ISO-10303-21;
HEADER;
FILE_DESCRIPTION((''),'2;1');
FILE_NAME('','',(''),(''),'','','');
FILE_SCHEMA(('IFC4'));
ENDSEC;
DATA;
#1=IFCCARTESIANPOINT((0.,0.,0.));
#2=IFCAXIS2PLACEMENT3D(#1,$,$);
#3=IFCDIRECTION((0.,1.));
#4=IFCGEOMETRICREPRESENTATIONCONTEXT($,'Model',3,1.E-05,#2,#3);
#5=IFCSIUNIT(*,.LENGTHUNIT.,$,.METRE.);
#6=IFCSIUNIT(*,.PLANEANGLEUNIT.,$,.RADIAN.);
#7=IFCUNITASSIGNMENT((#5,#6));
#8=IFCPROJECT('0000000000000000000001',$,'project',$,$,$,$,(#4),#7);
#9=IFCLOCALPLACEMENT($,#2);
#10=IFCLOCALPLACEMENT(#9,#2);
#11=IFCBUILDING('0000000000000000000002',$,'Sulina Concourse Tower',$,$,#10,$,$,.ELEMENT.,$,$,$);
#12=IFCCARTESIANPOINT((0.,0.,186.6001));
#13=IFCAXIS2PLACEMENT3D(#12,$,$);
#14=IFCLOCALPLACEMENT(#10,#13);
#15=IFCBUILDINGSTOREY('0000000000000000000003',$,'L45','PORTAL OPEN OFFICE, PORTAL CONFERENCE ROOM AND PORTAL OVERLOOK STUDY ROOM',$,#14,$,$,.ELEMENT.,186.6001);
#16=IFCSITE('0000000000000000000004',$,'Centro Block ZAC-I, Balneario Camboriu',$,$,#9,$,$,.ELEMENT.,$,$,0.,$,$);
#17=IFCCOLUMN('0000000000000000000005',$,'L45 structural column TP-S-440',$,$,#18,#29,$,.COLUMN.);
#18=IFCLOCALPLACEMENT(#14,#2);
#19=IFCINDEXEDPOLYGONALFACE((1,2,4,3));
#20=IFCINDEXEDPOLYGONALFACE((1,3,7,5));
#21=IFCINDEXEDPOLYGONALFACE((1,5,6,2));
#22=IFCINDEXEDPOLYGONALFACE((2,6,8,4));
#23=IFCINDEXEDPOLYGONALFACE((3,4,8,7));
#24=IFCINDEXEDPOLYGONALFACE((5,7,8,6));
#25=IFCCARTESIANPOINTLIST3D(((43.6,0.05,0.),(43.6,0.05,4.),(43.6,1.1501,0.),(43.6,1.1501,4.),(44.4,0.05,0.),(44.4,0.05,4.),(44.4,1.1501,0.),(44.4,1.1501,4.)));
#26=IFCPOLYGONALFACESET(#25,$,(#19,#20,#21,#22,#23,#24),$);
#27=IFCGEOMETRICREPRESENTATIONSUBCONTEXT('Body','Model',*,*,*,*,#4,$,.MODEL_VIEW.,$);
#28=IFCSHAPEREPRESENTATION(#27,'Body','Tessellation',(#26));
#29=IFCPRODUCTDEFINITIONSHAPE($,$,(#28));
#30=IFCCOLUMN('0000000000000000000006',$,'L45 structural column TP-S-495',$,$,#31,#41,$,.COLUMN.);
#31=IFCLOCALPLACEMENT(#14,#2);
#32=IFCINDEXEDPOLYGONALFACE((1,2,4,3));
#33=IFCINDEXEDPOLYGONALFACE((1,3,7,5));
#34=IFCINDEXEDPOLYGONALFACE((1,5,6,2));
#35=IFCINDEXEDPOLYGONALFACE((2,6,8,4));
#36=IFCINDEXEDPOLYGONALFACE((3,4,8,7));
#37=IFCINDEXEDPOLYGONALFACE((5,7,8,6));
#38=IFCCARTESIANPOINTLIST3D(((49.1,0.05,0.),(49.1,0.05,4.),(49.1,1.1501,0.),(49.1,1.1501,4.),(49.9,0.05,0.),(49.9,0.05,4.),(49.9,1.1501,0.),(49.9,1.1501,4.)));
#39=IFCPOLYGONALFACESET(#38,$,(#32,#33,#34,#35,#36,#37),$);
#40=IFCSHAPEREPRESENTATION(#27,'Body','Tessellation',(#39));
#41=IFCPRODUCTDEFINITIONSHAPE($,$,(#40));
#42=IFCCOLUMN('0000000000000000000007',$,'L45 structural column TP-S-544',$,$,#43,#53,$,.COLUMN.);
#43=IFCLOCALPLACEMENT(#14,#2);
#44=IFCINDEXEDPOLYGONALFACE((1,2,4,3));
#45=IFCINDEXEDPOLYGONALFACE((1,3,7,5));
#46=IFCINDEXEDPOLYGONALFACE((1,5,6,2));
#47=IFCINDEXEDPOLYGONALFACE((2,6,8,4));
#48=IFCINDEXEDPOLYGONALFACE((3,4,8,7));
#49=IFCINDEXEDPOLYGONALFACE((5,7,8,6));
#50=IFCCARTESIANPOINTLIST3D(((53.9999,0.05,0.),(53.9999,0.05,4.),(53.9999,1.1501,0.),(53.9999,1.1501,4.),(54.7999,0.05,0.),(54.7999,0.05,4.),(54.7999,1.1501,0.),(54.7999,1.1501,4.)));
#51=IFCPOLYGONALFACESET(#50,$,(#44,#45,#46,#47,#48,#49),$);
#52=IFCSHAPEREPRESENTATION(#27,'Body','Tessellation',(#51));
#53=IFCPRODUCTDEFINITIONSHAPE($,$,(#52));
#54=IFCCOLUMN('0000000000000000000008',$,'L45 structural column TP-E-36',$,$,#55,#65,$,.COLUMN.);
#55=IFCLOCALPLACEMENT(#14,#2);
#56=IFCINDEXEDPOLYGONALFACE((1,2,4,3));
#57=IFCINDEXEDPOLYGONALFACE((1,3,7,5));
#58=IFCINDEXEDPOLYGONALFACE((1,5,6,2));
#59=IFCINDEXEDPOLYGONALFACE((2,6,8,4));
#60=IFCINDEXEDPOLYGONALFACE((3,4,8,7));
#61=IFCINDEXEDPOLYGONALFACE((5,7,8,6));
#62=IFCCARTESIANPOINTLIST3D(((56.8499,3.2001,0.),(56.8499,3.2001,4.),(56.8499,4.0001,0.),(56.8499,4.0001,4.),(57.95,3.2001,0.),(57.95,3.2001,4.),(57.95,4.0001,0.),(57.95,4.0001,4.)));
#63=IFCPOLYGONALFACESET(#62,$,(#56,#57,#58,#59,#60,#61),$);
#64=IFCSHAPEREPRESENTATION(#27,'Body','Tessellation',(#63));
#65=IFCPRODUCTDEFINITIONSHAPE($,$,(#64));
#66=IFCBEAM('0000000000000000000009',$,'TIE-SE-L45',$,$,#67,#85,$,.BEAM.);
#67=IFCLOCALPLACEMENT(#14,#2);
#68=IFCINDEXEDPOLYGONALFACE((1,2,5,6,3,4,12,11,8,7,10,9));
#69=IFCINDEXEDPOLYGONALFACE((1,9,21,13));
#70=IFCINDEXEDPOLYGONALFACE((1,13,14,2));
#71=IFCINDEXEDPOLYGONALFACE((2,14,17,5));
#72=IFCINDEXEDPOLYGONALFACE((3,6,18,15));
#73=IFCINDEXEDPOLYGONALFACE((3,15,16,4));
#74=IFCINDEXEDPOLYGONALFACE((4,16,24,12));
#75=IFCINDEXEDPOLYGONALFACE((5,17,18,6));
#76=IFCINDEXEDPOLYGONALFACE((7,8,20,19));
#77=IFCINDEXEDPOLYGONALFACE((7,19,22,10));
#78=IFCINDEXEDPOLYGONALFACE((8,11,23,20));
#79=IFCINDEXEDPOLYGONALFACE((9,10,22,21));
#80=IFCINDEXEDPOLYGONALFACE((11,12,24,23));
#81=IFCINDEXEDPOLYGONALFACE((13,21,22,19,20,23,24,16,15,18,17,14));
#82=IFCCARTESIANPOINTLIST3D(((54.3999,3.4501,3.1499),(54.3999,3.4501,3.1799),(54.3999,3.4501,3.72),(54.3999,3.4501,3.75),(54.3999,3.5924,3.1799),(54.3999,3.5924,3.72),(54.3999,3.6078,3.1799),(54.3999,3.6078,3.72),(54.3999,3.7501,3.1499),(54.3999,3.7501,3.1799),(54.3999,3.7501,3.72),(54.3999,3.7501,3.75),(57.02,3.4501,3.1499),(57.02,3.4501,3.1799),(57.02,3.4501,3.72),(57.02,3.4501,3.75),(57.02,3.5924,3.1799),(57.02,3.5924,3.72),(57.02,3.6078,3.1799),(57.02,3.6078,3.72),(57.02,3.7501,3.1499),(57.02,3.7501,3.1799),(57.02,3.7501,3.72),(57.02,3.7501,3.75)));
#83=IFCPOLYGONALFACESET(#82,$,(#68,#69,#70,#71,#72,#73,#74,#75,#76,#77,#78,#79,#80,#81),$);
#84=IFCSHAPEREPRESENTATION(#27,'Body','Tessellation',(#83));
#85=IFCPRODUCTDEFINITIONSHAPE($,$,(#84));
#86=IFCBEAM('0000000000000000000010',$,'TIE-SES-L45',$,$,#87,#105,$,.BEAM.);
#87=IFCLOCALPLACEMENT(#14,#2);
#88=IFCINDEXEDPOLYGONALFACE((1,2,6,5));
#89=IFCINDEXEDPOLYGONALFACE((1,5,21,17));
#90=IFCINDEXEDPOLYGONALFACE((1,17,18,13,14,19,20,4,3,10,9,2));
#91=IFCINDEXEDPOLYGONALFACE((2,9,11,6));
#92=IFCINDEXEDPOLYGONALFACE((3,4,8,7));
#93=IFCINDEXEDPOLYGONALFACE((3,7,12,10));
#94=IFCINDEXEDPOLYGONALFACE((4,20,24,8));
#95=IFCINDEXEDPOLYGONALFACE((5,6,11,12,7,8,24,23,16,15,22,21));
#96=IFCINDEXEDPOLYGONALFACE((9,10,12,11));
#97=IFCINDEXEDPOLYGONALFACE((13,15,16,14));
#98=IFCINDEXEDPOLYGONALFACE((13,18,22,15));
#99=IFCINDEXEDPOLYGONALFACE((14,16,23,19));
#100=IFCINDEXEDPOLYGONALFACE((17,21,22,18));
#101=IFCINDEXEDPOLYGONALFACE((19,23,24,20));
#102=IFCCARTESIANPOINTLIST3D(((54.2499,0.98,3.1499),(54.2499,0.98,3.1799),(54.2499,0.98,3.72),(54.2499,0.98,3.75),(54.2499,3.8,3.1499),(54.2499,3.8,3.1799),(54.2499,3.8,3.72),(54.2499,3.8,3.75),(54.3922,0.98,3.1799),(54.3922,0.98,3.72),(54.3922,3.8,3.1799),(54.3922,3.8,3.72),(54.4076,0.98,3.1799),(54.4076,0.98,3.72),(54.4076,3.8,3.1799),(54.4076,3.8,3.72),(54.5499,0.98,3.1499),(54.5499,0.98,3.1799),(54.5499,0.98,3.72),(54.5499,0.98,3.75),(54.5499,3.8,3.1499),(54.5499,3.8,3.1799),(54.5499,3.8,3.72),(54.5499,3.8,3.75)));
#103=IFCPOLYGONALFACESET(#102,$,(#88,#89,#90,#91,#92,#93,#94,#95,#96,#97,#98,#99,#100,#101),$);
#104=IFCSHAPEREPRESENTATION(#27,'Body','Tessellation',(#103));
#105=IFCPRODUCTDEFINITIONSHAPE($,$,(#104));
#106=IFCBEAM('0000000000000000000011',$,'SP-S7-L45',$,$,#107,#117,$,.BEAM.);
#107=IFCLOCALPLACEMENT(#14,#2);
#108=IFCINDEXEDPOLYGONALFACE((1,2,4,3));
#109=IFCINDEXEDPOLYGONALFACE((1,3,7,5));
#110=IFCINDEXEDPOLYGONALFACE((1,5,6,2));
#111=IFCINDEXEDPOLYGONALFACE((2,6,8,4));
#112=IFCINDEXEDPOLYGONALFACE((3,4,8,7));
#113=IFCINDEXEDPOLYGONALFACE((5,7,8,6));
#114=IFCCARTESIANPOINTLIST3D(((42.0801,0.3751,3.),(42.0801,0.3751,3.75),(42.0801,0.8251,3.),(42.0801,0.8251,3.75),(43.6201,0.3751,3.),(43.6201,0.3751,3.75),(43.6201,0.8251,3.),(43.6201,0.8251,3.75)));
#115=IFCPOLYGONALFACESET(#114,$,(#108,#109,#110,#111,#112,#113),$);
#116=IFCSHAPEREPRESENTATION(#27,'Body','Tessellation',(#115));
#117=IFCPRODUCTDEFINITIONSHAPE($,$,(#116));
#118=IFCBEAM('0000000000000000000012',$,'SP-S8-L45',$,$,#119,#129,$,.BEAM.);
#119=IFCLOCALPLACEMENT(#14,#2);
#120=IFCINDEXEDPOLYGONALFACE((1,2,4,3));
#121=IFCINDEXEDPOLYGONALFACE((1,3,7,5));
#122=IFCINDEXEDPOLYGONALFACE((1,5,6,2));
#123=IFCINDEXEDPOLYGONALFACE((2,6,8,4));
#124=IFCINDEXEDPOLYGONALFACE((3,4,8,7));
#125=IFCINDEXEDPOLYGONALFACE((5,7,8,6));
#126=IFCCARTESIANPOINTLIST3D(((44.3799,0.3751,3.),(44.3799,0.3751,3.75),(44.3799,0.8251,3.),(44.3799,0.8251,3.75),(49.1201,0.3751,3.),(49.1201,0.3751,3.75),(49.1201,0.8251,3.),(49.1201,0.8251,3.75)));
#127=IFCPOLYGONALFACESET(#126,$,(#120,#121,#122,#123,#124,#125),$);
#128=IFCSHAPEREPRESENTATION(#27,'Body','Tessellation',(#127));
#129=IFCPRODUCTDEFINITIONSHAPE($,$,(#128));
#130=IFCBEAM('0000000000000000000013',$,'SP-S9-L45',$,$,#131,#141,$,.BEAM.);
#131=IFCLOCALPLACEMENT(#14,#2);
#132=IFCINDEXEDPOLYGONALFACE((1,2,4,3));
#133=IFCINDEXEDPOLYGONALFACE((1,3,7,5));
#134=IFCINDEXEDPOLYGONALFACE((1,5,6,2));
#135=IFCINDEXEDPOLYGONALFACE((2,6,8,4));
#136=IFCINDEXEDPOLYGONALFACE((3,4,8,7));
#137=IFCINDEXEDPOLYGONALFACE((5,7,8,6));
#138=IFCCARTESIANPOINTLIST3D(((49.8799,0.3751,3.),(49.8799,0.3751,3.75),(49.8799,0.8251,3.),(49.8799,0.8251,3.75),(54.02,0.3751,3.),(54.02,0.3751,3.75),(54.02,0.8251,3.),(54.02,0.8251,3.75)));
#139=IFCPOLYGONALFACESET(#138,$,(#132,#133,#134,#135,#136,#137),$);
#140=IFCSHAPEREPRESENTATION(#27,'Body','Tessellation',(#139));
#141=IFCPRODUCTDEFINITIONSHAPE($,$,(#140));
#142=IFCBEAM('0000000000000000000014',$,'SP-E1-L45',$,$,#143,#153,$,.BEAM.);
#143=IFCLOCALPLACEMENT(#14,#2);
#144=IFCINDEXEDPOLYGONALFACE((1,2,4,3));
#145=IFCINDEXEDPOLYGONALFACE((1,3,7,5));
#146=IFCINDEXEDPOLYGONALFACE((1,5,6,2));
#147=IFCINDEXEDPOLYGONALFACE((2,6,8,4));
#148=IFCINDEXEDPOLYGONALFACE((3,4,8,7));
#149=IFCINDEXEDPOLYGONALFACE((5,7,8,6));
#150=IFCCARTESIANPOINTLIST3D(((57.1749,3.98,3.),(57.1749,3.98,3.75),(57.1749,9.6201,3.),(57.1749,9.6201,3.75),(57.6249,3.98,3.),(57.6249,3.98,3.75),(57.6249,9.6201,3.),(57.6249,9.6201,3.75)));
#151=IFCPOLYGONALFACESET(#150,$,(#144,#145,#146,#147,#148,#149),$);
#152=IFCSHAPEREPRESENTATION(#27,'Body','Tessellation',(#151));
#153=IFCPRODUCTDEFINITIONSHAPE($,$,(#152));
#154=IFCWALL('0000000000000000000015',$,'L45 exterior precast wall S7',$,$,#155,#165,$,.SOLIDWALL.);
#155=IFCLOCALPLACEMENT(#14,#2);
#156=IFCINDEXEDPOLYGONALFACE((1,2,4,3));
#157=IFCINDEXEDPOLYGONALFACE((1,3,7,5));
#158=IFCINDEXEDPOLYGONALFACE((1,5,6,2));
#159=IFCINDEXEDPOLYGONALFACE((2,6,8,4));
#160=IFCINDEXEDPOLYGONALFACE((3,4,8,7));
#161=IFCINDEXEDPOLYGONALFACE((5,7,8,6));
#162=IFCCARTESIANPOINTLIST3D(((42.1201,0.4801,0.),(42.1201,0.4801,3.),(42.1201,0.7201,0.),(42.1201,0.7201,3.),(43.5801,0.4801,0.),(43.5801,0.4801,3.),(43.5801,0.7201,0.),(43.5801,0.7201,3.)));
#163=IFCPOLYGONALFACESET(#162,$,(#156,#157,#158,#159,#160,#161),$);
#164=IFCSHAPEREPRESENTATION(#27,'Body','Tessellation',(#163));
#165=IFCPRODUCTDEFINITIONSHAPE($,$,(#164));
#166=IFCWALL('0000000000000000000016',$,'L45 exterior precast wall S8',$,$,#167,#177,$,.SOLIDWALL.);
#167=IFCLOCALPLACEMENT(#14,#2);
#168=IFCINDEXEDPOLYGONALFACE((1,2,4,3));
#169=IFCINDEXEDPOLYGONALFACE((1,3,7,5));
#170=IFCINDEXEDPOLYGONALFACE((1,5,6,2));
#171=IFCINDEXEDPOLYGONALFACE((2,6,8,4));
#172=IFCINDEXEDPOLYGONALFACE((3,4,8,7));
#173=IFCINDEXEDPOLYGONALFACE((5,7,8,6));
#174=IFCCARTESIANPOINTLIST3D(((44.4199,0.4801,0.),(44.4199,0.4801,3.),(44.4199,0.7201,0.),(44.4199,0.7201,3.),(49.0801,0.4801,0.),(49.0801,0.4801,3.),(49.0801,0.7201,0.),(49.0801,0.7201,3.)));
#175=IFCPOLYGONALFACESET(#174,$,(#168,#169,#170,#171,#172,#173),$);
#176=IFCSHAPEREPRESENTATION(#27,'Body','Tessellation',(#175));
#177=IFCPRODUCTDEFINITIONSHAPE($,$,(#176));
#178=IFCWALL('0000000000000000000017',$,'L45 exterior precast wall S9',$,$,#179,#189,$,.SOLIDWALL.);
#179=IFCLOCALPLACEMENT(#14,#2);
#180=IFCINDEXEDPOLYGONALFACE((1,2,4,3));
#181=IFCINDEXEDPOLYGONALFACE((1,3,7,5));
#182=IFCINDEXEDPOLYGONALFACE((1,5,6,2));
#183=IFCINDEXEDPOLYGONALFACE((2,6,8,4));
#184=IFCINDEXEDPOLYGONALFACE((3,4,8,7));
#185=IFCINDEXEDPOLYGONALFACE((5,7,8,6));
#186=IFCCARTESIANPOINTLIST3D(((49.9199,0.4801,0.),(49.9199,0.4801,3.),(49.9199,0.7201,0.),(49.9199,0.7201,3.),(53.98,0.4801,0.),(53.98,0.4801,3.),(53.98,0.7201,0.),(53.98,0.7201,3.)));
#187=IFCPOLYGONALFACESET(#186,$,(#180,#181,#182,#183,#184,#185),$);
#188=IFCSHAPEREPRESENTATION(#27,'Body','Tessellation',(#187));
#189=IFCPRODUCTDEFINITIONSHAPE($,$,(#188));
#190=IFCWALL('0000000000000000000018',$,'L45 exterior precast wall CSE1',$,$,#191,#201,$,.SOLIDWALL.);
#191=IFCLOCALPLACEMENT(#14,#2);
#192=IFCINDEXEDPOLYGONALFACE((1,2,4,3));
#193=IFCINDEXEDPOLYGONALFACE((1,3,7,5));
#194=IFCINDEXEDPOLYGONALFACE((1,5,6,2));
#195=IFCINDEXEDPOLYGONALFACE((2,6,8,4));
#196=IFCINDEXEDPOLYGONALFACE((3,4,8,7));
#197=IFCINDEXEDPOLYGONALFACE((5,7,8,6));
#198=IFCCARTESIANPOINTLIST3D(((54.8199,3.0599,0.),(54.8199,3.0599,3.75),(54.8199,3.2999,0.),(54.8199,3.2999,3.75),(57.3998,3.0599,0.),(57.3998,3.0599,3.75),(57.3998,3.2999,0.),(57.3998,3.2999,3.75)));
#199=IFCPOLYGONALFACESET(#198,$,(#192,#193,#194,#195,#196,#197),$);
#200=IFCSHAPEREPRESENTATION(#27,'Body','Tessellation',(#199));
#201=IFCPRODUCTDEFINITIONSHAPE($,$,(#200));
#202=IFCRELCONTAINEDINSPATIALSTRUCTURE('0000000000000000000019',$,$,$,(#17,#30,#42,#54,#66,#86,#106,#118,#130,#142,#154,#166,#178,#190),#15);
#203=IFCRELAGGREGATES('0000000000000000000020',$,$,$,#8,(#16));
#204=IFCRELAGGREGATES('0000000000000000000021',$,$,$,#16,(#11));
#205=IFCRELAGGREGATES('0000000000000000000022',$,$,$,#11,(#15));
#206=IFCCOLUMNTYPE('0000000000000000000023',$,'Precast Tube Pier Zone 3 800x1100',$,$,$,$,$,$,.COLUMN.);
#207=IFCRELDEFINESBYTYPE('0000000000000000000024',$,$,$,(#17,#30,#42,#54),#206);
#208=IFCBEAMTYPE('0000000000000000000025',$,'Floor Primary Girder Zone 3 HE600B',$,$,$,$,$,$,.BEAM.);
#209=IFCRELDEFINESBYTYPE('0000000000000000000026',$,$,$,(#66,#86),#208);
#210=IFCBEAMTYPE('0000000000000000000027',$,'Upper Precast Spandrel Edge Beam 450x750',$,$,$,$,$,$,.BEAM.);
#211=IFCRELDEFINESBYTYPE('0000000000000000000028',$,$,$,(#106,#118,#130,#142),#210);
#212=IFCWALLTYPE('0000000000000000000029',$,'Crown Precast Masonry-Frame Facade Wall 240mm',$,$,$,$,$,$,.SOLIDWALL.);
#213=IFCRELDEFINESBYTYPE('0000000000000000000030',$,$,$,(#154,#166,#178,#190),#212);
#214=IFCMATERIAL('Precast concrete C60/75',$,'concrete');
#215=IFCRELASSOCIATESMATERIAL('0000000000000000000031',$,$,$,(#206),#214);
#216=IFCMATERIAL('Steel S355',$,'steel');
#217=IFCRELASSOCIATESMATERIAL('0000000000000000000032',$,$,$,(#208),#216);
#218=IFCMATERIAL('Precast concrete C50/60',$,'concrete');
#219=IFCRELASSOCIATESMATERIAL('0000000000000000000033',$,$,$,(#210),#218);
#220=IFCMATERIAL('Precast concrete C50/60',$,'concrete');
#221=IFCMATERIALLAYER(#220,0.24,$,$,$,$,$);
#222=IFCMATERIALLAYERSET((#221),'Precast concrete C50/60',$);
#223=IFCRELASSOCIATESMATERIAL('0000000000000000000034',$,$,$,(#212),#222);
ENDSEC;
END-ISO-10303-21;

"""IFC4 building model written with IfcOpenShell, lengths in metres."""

from ifc_helpers import new_model, si_unit, direction, frame, frame_2d, origin, origin_2d, place, context, subcontext, project, spatial, rectangle, i_section, extrude, material, layer, layer_set, material_profile, profile_set, type_object, element, save


model = new_model("IFC4")

# Units and contexts
model_context = context("Model", 3, precision=1e-05, world=origin(), true_north=direction((0.0, 1.0)))
body_context = subcontext(model_context, "Body", "Model", "MODEL_VIEW")
ifc_project = project(units=[si_unit("LENGTHUNIT", "METRE"), si_unit("PLANEANGLEUNIT", "RADIAN")], contexts=[model_context])

# Site, building, storey
site_placement = place(None, origin())
site = spatial("IfcSite", under=ifc_project, at=site_placement, Name="Centro Block ZAC-I, Balneario Camboriu", CompositionType="ELEMENT", RefElevation=0.0)
building_placement = place(site_placement, origin())
building = spatial("IfcBuilding", under=site, at=building_placement, Name="Sulina Concourse Tower", CompositionType="ELEMENT")
storey_placement = place(building_placement, frame((0.0, 0.0, 186.6001)))
storey = spatial("IfcBuildingStorey", under=building, at=storey_placement, Name="L45", Description="PORTAL OPEN OFFICE, PORTAL CONFERENCE ROOM AND PORTAL OVERLOOK STUDY ROOM", CompositionType="ELEMENT", Elevation=186.6001)

# Columns
ifc_material_1 = material(Name="Precast concrete C60/75", Category="concrete")
ifc_material_profile_1 = material_profile(ifc_material_1, rectangle(XDim=0.8, YDim=1.1001, at=origin_2d()), Name="PC 800x1100")
ifc_profile_set_1 = profile_set([ifc_material_profile_1], Name="Precast concrete C60/75")
column_type = type_object("IfcColumnType", Name="Precast Tube Pier Zone 3 800x1100", PredefinedType="COLUMN", material=ifc_profile_set_1)
for number, where, z_axis, x_axis, name in (
    (1, (44.0, 0.6001, 0.0), (0.0, 0.0, 1.0), (1.0, 0.0, 0.0), "L45 structural column TP-S-440"),
    (2, (49.5, 0.6001, 0.0), (0.0, 0.0, 1.0), (1.0, 0.0, 0.0), "L45 structural column TP-S-495"),
    (3, (54.3999, 0.6001, 0.0), (0.0, 0.0, 1.0), (1.0, 0.0, 0.0), "L45 structural column TP-S-544"),
    (4, (57.3999, 3.6001, 0.0), (0.0, 0.0, 1.0), (0.0, 1.0, 0.0), "L45 structural column TP-E-36"),
):
    element("IfcColumn", number, at=place(storey_placement, frame(where, z_axis=z_axis, x_axis=x_axis)), inside=storey, type_object=column_type, Name=name, PredefinedType="COLUMN", context=body_context, shape_type="SweptSolid", body=[
        extrude(rectangle(XDim=0.8, YDim=1.1001, at=origin_2d()), origin(), (0.0, 0.0, 1.0), 4.0),
    ])

# Beams
ifc_material_2 = material(Name="Steel S355", Category="steel")
ifc_material_profile_2 = material_profile(ifc_material_2, i_section(OverallWidth=0.3, OverallDepth=0.6001, WebThickness=0.0154, FlangeThickness=0.03, at=origin_2d()), Name="HE 600 B")
ifc_profile_set_2 = profile_set([ifc_material_profile_2], Name="Steel S355")
beam_type_1 = type_object("IfcBeamType", Name="Floor Primary Girder Zone 3 HE600B", PredefinedType="BEAM", material=ifc_profile_set_2)
beam_1_placement = place(storey_placement, frame((54.3999, 3.6001, 3.45), z_axis=(1.0, 0.0, 0.0), x_axis=(0.0, 1.0, 0.0)))
element("IfcBeam", 5, at=beam_1_placement, inside=storey, type_object=beam_type_1, Name="TIE-SE-L45", PredefinedType="BEAM", context=body_context, shape_type="SweptSolid", body=[
    extrude(i_section(OverallWidth=0.3, OverallDepth=0.6001, WebThickness=0.0154, FlangeThickness=0.03, at=origin_2d()), origin(), (0.0, 0.0, 1.0), 2.6201),
])
beam_2_placement = place(storey_placement, frame((54.3999, 0.98, 3.45), z_axis=(0.0, 1.0, 0.0), x_axis=(-1.0, 0.0, 0.0)))
element("IfcBeam", 6, at=beam_2_placement, inside=storey, type_object=beam_type_1, Name="TIE-SES-L45", PredefinedType="BEAM", context=body_context, shape_type="SweptSolid", body=[
    extrude(i_section(OverallWidth=0.3, OverallDepth=0.6001, WebThickness=0.0154, FlangeThickness=0.03, at=origin_2d()), origin(), (0.0, 0.0, 1.0), 2.8201),
])
ifc_material_3 = material(Name="Precast concrete C50/60", Category="concrete")
ifc_material_profile_3 = material_profile(ifc_material_3, rectangle(XDim=0.45, YDim=0.75, at=origin_2d()), Name="RC 450x750")
ifc_profile_set_3 = profile_set([ifc_material_profile_3], Name="Precast concrete C50/60")
beam_type_2 = type_object("IfcBeamType", Name="Upper Precast Spandrel Edge Beam 450x750", PredefinedType="BEAM", material=ifc_profile_set_3)
beam_3_placement = place(storey_placement, frame((42.0801, 0.6001, 3.375), z_axis=(1.0, 0.0, 0.0), x_axis=(0.0, 1.0, 0.0)))
element("IfcBeam", 7, at=beam_3_placement, inside=storey, type_object=beam_type_2, Name="SP-S7-L45", PredefinedType="BEAM", context=body_context, shape_type="SweptSolid", body=[
    extrude(rectangle(XDim=0.45, YDim=0.75, at=origin_2d()), origin(), (0.0, 0.0, 1.0), 1.54),
])
beam_4_placement = place(storey_placement, frame((44.3799, 0.6001, 3.375), z_axis=(1.0, 0.0, 0.0), x_axis=(0.0, 1.0, 0.0)))
element("IfcBeam", 8, at=beam_4_placement, inside=storey, type_object=beam_type_2, Name="SP-S8-L45", PredefinedType="BEAM", context=body_context, shape_type="SweptSolid", body=[
    extrude(rectangle(XDim=0.45, YDim=0.75, at=origin_2d()), origin(), (0.0, 0.0, 1.0), 4.7402),
])
beam_5_placement = place(storey_placement, frame((49.8799, 0.6001, 3.375), z_axis=(1.0, 0.0, 0.0), x_axis=(0.0, 1.0, 0.0)))
element("IfcBeam", 9, at=beam_5_placement, inside=storey, type_object=beam_type_2, Name="SP-S9-L45", PredefinedType="BEAM", context=body_context, shape_type="SweptSolid", body=[
    extrude(rectangle(XDim=0.45, YDim=0.75, at=origin_2d()), origin(), (0.0, 0.0, 1.0), 4.1401),
])
beam_6_placement = place(storey_placement, frame((57.3999, 3.98, 3.375), z_axis=(0.0, 1.0, 0.0), x_axis=(-1.0, 0.0, 0.0)))
element("IfcBeam", 10, at=beam_6_placement, inside=storey, type_object=beam_type_2, Name="SP-E1-L45", PredefinedType="BEAM", context=body_context, shape_type="SweptSolid", body=[
    extrude(rectangle(XDim=0.45, YDim=0.75, at=origin_2d()), origin(), (0.0, 0.0, 1.0), 5.6401),
])

# Walls
ifc_material_4 = material(Name="Precast concrete C50/60", Category="concrete")
ifc_layer_1 = layer(ifc_material_4, 0.24)
ifc_layer_set_1 = layer_set([ifc_layer_1], Name="Precast concrete C50/60")
wall_type_1 = type_object("IfcWallType", Name="Crown Precast Masonry-Frame Facade Wall 240mm", PredefinedType="SOLIDWALL", material=ifc_layer_set_1)
wall_1_placement = place(storey_placement, frame((43.5801, 0.6001, 0.0), z_axis=(0.0, 0.0, 1.0), x_axis=(-1.0, 0.0, 0.0)))
element("IfcWall", 11, at=wall_1_placement, inside=storey, type_object=wall_type_1, Name="L45 exterior precast wall S7", PredefinedType="SOLIDWALL", context=body_context, shape_type="SweptSolid", body=[
    extrude(rectangle(XDim=1.46, YDim=0.24, at=frame_2d((0.73, 0.0))), origin(), (0.0, 0.0, 1.0), 3.0),
])
wall_2_placement = place(storey_placement, frame((49.0801, 0.6001, 0.0), z_axis=(0.0, 0.0, 1.0), x_axis=(-1.0, 0.0, 0.0)))
element("IfcWall", 12, at=wall_2_placement, inside=storey, type_object=wall_type_1, Name="L45 exterior precast wall S8", PredefinedType="SOLIDWALL", context=body_context, shape_type="SweptSolid", body=[
    extrude(rectangle(XDim=4.6602, YDim=0.24, at=frame_2d((2.3301, 0.0))), origin(), (0.0, 0.0, 1.0), 3.0),
])
wall_3_placement = place(storey_placement, frame((53.98, 0.6001, 0.0), z_axis=(0.0, 0.0, 1.0), x_axis=(-1.0, 0.0, 0.0)))
element("IfcWall", 13, at=wall_3_placement, inside=storey, type_object=wall_type_1, Name="L45 exterior precast wall S9", PredefinedType="SOLIDWALL", context=body_context, shape_type="SweptSolid", body=[
    extrude(rectangle(XDim=4.0601, YDim=0.24, at=frame_2d((2.03, 0.0))), origin(), (0.0, 0.0, 1.0), 3.0),
])
wall_4_placement = place(storey_placement, frame((57.3999, 3.1799, 0.0), z_axis=(0.0, 0.0, 1.0), x_axis=(-1.0, 0.0, 0.0)))
element("IfcWall", 14, at=wall_4_placement, inside=storey, type_object=wall_type_1, Name="L45 exterior precast wall CSE1", PredefinedType="SOLIDWALL", context=body_context, shape_type="SweptSolid", body=[
    extrude(rectangle(XDim=2.5798, YDim=0.24, at=frame_2d((1.29, 0.0))), origin(), (0.0, 0.0, 1.0), 3.75),
])

save(model, "model.ifc")
